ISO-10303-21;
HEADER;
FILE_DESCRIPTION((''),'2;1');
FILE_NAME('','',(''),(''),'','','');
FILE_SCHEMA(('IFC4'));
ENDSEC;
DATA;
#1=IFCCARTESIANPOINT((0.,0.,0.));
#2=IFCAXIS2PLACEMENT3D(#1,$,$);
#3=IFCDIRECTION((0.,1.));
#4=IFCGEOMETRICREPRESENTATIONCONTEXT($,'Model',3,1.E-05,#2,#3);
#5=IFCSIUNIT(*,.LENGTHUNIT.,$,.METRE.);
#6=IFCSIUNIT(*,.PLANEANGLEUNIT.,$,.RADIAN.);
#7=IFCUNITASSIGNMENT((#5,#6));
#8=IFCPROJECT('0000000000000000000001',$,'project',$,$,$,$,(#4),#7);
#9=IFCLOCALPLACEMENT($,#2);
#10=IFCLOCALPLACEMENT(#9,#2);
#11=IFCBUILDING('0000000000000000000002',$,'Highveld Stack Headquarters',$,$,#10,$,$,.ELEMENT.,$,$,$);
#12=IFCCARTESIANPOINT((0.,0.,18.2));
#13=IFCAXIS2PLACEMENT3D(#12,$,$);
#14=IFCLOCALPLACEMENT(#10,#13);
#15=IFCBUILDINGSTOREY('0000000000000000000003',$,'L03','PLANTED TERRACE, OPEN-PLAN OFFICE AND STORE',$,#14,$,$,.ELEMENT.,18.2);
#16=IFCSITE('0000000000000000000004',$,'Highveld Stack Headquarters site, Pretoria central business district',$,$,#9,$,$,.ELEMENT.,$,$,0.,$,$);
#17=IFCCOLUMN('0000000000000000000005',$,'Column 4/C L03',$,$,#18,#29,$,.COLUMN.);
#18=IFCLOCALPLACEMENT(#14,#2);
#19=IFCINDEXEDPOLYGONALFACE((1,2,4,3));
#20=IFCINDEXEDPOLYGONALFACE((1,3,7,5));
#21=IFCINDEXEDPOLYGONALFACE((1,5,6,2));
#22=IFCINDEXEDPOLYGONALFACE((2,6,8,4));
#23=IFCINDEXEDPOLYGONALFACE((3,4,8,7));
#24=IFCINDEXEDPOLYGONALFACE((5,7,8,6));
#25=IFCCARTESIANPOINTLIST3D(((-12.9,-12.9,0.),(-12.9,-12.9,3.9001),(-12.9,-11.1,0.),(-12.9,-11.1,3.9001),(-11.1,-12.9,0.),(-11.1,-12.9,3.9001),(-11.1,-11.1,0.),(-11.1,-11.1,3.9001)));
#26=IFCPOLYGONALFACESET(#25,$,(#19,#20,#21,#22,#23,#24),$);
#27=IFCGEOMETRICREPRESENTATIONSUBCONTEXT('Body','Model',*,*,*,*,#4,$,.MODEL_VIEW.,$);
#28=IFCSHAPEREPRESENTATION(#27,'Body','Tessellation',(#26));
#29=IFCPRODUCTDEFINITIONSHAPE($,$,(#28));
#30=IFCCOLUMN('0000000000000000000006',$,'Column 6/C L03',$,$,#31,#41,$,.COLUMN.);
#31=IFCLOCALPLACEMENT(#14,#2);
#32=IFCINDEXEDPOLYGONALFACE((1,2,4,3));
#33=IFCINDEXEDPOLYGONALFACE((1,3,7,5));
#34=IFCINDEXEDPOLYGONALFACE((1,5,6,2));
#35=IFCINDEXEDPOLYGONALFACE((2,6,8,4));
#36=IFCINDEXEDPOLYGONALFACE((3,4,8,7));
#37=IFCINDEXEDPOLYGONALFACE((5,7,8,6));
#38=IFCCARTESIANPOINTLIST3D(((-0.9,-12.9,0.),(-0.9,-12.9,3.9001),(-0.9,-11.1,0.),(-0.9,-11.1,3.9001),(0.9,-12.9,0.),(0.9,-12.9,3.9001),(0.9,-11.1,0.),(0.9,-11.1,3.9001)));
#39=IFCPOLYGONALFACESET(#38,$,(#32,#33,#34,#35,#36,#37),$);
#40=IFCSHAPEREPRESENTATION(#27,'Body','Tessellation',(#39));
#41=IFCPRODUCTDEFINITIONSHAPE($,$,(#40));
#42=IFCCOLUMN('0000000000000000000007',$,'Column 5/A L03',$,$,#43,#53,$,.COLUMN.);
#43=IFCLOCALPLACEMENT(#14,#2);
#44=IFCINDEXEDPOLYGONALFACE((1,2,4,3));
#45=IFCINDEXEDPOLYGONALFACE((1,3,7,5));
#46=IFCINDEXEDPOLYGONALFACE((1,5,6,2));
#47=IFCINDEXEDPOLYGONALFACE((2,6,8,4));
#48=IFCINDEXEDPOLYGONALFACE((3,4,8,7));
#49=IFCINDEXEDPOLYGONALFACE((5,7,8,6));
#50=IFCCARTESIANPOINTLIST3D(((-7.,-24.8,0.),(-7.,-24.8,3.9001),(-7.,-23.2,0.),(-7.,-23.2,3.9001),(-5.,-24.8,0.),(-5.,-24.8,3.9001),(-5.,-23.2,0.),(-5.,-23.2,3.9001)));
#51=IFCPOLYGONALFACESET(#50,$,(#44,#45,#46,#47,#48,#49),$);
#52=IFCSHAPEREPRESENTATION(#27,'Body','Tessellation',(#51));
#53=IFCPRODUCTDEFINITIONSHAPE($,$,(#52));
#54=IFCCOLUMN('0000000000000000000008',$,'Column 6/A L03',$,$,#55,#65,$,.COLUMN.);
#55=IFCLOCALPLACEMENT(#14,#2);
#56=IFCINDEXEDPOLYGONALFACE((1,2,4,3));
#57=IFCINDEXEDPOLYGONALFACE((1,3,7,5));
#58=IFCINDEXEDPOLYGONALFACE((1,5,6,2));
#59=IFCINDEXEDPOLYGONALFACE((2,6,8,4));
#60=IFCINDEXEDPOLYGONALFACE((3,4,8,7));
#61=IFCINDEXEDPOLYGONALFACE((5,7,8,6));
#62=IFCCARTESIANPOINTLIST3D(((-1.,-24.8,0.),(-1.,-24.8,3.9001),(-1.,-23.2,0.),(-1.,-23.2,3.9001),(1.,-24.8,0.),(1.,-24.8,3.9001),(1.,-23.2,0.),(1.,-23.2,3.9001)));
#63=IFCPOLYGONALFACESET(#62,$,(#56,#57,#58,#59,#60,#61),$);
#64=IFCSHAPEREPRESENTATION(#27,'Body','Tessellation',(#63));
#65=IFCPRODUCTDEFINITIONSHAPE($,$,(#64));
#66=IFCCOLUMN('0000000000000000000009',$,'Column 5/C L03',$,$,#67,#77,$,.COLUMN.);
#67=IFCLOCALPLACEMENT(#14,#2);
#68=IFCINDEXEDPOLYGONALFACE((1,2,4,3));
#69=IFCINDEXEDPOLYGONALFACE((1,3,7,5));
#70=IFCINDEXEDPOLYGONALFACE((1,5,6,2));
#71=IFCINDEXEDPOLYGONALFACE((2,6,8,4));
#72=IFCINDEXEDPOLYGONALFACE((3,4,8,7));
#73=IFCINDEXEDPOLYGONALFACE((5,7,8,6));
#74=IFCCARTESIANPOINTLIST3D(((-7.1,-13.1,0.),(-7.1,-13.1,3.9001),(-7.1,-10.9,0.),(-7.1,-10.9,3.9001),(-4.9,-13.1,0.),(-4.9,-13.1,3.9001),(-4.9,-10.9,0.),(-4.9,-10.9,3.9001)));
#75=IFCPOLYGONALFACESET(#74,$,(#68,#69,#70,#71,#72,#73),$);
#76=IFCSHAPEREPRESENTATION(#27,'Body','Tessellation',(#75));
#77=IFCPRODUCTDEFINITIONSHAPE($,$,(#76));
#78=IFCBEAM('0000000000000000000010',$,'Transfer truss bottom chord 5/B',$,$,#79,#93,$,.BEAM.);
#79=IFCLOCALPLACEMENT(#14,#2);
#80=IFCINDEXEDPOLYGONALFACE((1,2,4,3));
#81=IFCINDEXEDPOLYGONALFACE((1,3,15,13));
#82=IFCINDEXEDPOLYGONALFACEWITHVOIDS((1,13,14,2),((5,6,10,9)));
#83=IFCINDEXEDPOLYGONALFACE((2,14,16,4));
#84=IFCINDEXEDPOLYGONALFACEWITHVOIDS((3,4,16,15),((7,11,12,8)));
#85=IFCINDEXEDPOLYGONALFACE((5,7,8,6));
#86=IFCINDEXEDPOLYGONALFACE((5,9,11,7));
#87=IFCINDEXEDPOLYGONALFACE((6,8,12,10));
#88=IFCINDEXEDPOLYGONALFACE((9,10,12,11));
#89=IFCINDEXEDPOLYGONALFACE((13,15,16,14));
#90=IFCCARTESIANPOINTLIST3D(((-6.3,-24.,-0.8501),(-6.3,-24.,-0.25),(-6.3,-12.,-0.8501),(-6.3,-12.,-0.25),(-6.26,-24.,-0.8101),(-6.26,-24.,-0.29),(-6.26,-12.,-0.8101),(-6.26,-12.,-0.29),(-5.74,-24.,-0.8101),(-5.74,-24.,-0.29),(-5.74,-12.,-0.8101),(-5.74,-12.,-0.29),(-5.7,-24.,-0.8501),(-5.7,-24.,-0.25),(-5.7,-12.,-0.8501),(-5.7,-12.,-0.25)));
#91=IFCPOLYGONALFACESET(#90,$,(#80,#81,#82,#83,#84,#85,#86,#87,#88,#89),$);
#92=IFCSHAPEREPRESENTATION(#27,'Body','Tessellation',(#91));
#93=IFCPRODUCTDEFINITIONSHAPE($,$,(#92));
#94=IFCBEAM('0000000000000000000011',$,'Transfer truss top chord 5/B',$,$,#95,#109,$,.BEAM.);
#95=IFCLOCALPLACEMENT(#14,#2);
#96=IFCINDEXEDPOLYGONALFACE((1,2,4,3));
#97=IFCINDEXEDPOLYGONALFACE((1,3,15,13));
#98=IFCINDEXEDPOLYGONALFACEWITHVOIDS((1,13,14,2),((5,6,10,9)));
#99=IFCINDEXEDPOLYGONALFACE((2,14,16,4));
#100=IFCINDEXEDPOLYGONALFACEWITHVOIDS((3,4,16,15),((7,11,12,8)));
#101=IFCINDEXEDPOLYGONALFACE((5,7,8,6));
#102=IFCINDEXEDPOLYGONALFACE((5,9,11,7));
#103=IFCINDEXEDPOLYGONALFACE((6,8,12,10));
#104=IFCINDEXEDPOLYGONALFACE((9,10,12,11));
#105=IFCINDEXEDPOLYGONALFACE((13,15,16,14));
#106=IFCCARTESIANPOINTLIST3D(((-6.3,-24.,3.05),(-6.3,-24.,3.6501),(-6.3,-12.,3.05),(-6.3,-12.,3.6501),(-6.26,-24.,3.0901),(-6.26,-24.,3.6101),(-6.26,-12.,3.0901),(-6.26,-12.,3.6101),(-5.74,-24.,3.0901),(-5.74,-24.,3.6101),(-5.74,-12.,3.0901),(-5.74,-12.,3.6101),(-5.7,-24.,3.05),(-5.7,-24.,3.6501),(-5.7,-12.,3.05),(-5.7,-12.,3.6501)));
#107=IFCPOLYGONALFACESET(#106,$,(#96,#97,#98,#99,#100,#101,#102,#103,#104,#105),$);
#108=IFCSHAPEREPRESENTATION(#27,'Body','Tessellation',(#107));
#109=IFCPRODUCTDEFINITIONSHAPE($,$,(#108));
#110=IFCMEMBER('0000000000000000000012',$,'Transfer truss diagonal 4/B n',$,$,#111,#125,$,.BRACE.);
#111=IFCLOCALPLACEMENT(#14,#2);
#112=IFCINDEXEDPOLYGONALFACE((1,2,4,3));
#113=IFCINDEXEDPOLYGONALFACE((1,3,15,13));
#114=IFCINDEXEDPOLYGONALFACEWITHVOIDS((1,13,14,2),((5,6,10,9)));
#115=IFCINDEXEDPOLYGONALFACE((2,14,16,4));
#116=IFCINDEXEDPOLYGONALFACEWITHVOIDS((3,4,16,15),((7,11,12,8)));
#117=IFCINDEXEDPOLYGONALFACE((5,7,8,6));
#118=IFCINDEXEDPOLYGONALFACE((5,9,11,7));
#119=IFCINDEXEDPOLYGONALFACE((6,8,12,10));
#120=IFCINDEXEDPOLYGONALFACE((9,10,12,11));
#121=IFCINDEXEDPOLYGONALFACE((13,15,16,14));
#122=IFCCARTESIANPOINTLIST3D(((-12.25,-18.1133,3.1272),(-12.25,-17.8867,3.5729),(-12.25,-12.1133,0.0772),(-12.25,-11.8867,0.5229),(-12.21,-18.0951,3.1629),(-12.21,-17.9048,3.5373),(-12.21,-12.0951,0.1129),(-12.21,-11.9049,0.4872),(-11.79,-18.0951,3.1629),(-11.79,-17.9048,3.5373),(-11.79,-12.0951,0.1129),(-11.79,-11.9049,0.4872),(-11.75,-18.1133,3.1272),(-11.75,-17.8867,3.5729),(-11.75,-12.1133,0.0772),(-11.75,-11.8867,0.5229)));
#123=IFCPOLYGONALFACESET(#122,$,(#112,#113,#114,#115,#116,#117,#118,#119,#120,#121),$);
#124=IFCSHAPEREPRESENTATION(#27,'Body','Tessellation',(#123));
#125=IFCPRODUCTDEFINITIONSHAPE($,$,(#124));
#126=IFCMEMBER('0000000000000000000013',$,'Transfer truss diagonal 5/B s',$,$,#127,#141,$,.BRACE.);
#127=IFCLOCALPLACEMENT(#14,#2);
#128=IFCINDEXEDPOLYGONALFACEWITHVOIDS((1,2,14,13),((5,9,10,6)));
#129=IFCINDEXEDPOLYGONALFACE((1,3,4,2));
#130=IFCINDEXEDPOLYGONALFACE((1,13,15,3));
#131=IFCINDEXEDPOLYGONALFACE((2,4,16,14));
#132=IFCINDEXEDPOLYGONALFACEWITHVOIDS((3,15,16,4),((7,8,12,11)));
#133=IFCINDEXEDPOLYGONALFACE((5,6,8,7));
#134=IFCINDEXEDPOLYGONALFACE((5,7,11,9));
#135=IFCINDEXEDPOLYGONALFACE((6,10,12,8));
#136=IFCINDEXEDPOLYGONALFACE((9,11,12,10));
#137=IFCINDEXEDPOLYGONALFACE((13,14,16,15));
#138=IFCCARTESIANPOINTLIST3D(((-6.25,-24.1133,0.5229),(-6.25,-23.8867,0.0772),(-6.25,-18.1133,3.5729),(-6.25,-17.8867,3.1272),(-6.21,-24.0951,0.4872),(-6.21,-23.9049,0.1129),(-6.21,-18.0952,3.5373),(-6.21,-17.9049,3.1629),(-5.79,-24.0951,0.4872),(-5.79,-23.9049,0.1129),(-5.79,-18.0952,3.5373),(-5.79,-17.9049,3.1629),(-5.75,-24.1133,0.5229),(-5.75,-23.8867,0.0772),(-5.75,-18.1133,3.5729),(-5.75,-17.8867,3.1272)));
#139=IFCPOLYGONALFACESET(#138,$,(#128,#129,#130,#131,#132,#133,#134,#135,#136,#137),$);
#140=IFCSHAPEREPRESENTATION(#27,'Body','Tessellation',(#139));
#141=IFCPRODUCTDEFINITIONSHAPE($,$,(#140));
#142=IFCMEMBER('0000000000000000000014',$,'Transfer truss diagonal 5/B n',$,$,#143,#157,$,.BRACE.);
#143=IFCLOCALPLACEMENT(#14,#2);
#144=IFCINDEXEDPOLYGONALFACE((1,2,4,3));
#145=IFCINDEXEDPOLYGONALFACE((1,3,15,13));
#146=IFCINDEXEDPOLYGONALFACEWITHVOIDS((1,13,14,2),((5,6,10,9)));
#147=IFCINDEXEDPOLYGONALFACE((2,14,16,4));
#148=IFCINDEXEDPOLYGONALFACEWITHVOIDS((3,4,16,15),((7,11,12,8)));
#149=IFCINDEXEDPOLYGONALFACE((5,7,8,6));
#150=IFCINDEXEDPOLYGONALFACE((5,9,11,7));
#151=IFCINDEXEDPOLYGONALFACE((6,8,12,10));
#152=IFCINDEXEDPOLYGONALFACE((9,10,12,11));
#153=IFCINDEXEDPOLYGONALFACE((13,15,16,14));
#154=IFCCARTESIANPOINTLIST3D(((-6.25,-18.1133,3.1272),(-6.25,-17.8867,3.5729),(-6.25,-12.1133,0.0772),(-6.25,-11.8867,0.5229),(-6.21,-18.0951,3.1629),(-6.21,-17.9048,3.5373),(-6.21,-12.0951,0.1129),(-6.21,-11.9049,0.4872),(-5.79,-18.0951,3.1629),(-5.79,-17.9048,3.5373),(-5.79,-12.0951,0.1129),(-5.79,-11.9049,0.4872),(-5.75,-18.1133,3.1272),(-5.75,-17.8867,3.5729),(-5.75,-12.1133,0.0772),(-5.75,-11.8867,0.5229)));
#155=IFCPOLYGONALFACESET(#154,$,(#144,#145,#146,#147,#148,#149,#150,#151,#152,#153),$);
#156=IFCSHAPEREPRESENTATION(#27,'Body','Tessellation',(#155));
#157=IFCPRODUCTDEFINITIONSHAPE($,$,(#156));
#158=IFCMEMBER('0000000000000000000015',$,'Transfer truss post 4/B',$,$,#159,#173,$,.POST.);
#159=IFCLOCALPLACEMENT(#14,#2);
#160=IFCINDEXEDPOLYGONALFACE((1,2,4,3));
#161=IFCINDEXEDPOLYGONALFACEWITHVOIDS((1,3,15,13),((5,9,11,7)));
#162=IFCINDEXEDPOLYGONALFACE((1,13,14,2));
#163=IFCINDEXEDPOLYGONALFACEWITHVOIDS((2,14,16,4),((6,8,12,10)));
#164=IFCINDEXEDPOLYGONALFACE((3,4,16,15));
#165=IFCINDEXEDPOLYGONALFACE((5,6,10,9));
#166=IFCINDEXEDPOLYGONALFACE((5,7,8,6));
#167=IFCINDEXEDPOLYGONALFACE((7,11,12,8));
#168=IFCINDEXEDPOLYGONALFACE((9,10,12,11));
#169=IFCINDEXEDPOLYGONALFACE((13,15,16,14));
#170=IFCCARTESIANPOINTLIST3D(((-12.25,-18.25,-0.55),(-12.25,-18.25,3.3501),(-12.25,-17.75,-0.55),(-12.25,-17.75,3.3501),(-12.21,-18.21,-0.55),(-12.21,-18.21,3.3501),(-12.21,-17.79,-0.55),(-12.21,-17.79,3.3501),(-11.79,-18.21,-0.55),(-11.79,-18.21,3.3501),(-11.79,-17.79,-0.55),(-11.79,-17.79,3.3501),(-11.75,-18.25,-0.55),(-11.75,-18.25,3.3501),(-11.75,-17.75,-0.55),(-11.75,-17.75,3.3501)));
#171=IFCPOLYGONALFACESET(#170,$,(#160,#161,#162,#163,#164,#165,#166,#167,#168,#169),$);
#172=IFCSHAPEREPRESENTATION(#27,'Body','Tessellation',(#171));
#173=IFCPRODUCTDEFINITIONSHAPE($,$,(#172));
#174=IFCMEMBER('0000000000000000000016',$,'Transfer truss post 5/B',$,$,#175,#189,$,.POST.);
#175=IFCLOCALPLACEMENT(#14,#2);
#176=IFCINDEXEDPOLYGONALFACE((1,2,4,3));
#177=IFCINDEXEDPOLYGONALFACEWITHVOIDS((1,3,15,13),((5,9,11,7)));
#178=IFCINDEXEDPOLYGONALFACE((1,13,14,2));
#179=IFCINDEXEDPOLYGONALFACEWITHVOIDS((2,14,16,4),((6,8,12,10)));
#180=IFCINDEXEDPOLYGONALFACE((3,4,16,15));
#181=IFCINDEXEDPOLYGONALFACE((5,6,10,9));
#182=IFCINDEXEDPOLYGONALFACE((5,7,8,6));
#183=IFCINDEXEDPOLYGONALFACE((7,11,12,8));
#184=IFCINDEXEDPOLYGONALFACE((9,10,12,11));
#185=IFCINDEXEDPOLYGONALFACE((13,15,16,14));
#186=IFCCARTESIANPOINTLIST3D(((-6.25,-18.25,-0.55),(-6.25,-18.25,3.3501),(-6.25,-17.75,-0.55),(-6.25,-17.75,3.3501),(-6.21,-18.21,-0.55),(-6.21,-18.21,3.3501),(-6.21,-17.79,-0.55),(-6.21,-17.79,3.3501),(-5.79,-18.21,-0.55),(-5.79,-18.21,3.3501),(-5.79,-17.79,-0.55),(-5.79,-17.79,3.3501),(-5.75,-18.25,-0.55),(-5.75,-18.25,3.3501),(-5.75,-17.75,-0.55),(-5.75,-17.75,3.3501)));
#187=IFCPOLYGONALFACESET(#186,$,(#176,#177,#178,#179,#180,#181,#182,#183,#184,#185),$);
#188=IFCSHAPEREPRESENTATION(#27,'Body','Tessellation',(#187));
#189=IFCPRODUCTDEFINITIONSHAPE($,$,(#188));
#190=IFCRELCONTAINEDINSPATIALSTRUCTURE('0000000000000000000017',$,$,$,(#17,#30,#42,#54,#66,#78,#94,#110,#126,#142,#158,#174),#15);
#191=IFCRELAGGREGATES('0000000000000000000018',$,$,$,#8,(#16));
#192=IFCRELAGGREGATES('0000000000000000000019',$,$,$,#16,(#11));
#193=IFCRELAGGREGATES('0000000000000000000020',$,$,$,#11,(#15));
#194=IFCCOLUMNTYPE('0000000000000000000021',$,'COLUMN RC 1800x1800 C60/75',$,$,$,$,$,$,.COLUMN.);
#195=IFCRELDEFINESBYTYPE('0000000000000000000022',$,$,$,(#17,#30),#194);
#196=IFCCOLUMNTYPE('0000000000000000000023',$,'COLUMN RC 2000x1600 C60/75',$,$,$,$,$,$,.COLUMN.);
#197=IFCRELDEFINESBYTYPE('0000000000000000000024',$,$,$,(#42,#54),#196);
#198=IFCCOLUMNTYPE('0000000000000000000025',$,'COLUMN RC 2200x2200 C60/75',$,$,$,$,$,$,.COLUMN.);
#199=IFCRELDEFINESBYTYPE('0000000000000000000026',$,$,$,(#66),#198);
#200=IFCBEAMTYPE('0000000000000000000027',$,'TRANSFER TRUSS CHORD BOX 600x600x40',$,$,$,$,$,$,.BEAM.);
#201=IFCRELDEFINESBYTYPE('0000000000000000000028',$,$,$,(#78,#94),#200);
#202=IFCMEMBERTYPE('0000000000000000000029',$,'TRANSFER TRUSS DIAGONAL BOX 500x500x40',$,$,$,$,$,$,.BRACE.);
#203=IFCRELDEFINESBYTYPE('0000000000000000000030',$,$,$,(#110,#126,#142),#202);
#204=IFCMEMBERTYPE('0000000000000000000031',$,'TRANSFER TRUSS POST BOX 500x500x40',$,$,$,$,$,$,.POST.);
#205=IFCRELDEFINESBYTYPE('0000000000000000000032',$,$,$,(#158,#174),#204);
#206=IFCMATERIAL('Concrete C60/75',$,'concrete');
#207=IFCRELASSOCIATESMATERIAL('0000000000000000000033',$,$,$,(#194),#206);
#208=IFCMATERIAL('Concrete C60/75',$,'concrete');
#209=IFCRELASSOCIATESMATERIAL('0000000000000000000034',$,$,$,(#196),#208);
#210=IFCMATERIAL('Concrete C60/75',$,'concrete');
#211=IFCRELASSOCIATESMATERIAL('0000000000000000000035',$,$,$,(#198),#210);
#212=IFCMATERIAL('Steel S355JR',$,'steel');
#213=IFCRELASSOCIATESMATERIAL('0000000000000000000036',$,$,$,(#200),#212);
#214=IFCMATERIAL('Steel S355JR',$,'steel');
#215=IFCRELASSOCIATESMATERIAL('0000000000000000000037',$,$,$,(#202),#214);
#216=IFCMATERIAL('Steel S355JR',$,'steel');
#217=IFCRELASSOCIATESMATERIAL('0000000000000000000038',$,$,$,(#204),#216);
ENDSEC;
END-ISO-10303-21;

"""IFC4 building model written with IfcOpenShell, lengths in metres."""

from ifc_helpers import new_model, si_unit, direction, frame, origin, origin_2d, place, context, subcontext, project, spatial, rectangle, hollow_rectangle, extrude, material, material_profile, profile_set, type_object, element, save


model = new_model("IFC4")

# Units and contexts
model_context = context("Model", 3, precision=1e-05, world=origin(), true_north=direction((0.0, 1.0)))
body_context = subcontext(model_context, "Body", "Model", "MODEL_VIEW")
ifc_project = project(units=[si_unit("LENGTHUNIT", "METRE"), si_unit("PLANEANGLEUNIT", "RADIAN")], contexts=[model_context])

# Site, building, storey
site_placement = place(None, origin())
site = spatial("IfcSite", under=ifc_project, at=site_placement, Name="Highveld Stack Headquarters site, Pretoria central business district", CompositionType="ELEMENT", RefElevation=0.0)
building_placement = place(site_placement, origin())
building = spatial("IfcBuilding", under=site, at=building_placement, Name="Highveld Stack Headquarters", CompositionType="ELEMENT")
storey_placement = place(building_placement, frame((0.0, 0.0, 18.2)))
storey = spatial("IfcBuildingStorey", under=building, at=storey_placement, Name="L03", Description="PLANTED TERRACE, OPEN-PLAN OFFICE AND STORE", CompositionType="ELEMENT", Elevation=18.2)

# Columns
ifc_material_1 = material(Name="Concrete C60/75", Category="concrete")
ifc_material_profile_1 = material_profile(ifc_material_1, rectangle(XDim=1.8, YDim=1.8, at=origin_2d()), Name="RC 1800x1800")
ifc_profile_set_1 = profile_set([ifc_material_profile_1], Name="Concrete C60/75")
column_type_1 = type_object("IfcColumnType", Name="COLUMN RC 1800x1800 C60/75", PredefinedType="COLUMN", material=ifc_profile_set_1)
for number, where, z_axis, x_axis, name in (
    (1, (-12.0, -12.0, 0.0), (0.0, 0.0, 1.0), (1.0, 0.0, 0.0), "Column 4/C L03"),
    (2, (0.0, -12.0, 0.0), (0.0, 0.0, 1.0), (1.0, 0.0, 0.0), "Column 6/C L03"),
):
    element("IfcColumn", number, at=place(storey_placement, frame(where, z_axis=z_axis, x_axis=x_axis)), inside=storey, type_object=column_type_1, Name=name, PredefinedType="COLUMN", context=body_context, shape_type="SweptSolid", body=[
        extrude(rectangle(XDim=1.8, YDim=1.8, at=origin_2d()), origin(), (0.0, 0.0, 1.0), 3.9001),
    ])
ifc_material_2 = material(Name="Concrete C60/75", Category="concrete")
ifc_material_profile_2 = material_profile(ifc_material_2, rectangle(XDim=2.0, YDim=1.6001, at=origin_2d()), Name="RC 2000x1600")
ifc_profile_set_2 = profile_set([ifc_material_profile_2], Name="Concrete C60/75")
column_type_2 = type_object("IfcColumnType", Name="COLUMN RC 2000x1600 C60/75", PredefinedType="COLUMN", material=ifc_profile_set_2)
for number, where, z_axis, x_axis, name in (
    (3, (-6.0, -24.0, 0.0), (0.0, 0.0, 1.0), (1.0, 0.0, 0.0), "Column 5/A L03"),
    (4, (0.0, -24.0, 0.0), (0.0, 0.0, 1.0), (1.0, 0.0, 0.0), "Column 6/A L03"),
):
    element("IfcColumn", number, at=place(storey_placement, frame(where, z_axis=z_axis, x_axis=x_axis)), inside=storey, type_object=column_type_2, Name=name, PredefinedType="COLUMN", context=body_context, shape_type="SweptSolid", body=[
        extrude(rectangle(XDim=2.0, YDim=1.6001, at=origin_2d()), origin(), (0.0, 0.0, 1.0), 3.9001),
    ])
ifc_material_3 = material(Name="Concrete C60/75", Category="concrete")
ifc_material_profile_3 = material_profile(ifc_material_3, rectangle(XDim=2.2, YDim=2.2, at=origin_2d()), Name="RC 2200x2200")
ifc_profile_set_3 = profile_set([ifc_material_profile_3], Name="Concrete C60/75")
column_type_3 = type_object("IfcColumnType", Name="COLUMN RC 2200x2200 C60/75", PredefinedType="COLUMN", material=ifc_profile_set_3)
column_placement = place(storey_placement, frame((-6.0, -12.0, 0.0), z_axis=(0.0, 0.0, 1.0), x_axis=(1.0, 0.0, 0.0)))
element("IfcColumn", 5, at=column_placement, inside=storey, type_object=column_type_3, Name="Column 5/C L03", PredefinedType="COLUMN", context=body_context, shape_type="SweptSolid", body=[
    extrude(rectangle(XDim=2.2, YDim=2.2, at=origin_2d()), origin(), (0.0, 0.0, 1.0), 3.9001),
])

# Beams
ifc_material_4 = material(Name="Steel S355JR", Category="steel")
ifc_material_profile_4 = material_profile(ifc_material_4, hollow_rectangle(XDim=0.6001, YDim=0.6001, WallThickness=0.04, at=origin_2d()), Name="BOX 600x600x40")
ifc_profile_set_4 = profile_set([ifc_material_profile_4], Name="Steel S355JR")
beam_type = type_object("IfcBeamType", Name="TRANSFER TRUSS CHORD BOX 600x600x40", PredefinedType="BEAM", material=ifc_profile_set_4)
for number, where, z_axis, x_axis, name in (
    (6, (-6.0, -24.0, -0.55), (0.0, 1.0, 0.0), (-1.0, 0.0, 0.0), "Transfer truss bottom chord 5/B"),
    (7, (-6.0, -24.0, 3.3501), (0.0, 1.0, 0.0), (-1.0, 0.0, 0.0), "Transfer truss top chord 5/B"),
):
    element("IfcBeam", number, at=place(storey_placement, frame(where, z_axis=z_axis, x_axis=x_axis)), inside=storey, type_object=beam_type, Name=name, PredefinedType="BEAM", context=body_context, shape_type="SweptSolid", body=[
        extrude(hollow_rectangle(XDim=0.6001, YDim=0.6001, WallThickness=0.04, at=origin_2d()), origin(), (0.0, 0.0, 1.0), 12.0),
    ])

# Members
ifc_material_5 = material(Name="Steel S355JR", Category="steel")
ifc_material_profile_5 = material_profile(ifc_material_5, hollow_rectangle(XDim=0.5, YDim=0.5, WallThickness=0.04, at=origin_2d()), Name="BOX 500x500x40")
ifc_profile_set_5 = profile_set([ifc_material_profile_5], Name="Steel S355JR")
member_type_1 = type_object("IfcMemberType", Name="TRANSFER TRUSS DIAGONAL BOX 500x500x40", PredefinedType="BRACE", material=ifc_profile_set_5)
for number, where, z_axis, x_axis, name in (
    (8, (-12.0, -12.0, 0.3), (0.0, -0.891433, 0.453152), (1.0, 0.0, 0.0), "Transfer truss diagonal 4/B n"),
    (9, (-6.0, -24.0, 0.3), (0.0, 0.891433, 0.453152), (-1.0, 0.0, 0.0), "Transfer truss diagonal 5/B s"),
    (10, (-6.0, -12.0, 0.3), (0.0, -0.891433, 0.453152), (1.0, 0.0, 0.0), "Transfer truss diagonal 5/B n"),
):
    element("IfcMember", number, at=place(storey_placement, frame(where, z_axis=z_axis, x_axis=x_axis)), inside=storey, type_object=member_type_1, Name=name, PredefinedType="BRACE", context=body_context, shape_type="SweptSolid", body=[
        extrude(hollow_rectangle(XDim=0.5, YDim=0.5, WallThickness=0.04, at=origin_2d()), origin(), (0.0, 0.0, 1.0), 6.7307),
    ])
ifc_material_6 = material(Name="Steel S355JR", Category="steel")
ifc_material_profile_6 = material_profile(ifc_material_6, hollow_rectangle(XDim=0.5, YDim=0.5, WallThickness=0.04, at=origin_2d()), Name="BOX 500x500x40")
ifc_profile_set_6 = profile_set([ifc_material_profile_6], Name="Steel S355JR")
member_type_2 = type_object("IfcMemberType", Name="TRANSFER TRUSS POST BOX 500x500x40", PredefinedType="POST", material=ifc_profile_set_6)
for number, where, z_axis, x_axis, name in (
    (11, (-12.0, -18.0, -0.55), (0.0, 0.0, 1.0), (1.0, 0.0, 0.0), "Transfer truss post 4/B"),
    (12, (-6.0, -18.0, -0.55), (0.0, 0.0, 1.0), (1.0, 0.0, 0.0), "Transfer truss post 5/B"),
):
    element("IfcMember", number, at=place(storey_placement, frame(where, z_axis=z_axis, x_axis=x_axis)), inside=storey, type_object=member_type_2, Name=name, PredefinedType="POST", context=body_context, shape_type="SweptSolid", body=[
        extrude(hollow_rectangle(XDim=0.5, YDim=0.5, WallThickness=0.04, at=origin_2d()), origin(), (0.0, 0.0, 1.0), 3.9001),
    ])

save(model, "model.ifc")
